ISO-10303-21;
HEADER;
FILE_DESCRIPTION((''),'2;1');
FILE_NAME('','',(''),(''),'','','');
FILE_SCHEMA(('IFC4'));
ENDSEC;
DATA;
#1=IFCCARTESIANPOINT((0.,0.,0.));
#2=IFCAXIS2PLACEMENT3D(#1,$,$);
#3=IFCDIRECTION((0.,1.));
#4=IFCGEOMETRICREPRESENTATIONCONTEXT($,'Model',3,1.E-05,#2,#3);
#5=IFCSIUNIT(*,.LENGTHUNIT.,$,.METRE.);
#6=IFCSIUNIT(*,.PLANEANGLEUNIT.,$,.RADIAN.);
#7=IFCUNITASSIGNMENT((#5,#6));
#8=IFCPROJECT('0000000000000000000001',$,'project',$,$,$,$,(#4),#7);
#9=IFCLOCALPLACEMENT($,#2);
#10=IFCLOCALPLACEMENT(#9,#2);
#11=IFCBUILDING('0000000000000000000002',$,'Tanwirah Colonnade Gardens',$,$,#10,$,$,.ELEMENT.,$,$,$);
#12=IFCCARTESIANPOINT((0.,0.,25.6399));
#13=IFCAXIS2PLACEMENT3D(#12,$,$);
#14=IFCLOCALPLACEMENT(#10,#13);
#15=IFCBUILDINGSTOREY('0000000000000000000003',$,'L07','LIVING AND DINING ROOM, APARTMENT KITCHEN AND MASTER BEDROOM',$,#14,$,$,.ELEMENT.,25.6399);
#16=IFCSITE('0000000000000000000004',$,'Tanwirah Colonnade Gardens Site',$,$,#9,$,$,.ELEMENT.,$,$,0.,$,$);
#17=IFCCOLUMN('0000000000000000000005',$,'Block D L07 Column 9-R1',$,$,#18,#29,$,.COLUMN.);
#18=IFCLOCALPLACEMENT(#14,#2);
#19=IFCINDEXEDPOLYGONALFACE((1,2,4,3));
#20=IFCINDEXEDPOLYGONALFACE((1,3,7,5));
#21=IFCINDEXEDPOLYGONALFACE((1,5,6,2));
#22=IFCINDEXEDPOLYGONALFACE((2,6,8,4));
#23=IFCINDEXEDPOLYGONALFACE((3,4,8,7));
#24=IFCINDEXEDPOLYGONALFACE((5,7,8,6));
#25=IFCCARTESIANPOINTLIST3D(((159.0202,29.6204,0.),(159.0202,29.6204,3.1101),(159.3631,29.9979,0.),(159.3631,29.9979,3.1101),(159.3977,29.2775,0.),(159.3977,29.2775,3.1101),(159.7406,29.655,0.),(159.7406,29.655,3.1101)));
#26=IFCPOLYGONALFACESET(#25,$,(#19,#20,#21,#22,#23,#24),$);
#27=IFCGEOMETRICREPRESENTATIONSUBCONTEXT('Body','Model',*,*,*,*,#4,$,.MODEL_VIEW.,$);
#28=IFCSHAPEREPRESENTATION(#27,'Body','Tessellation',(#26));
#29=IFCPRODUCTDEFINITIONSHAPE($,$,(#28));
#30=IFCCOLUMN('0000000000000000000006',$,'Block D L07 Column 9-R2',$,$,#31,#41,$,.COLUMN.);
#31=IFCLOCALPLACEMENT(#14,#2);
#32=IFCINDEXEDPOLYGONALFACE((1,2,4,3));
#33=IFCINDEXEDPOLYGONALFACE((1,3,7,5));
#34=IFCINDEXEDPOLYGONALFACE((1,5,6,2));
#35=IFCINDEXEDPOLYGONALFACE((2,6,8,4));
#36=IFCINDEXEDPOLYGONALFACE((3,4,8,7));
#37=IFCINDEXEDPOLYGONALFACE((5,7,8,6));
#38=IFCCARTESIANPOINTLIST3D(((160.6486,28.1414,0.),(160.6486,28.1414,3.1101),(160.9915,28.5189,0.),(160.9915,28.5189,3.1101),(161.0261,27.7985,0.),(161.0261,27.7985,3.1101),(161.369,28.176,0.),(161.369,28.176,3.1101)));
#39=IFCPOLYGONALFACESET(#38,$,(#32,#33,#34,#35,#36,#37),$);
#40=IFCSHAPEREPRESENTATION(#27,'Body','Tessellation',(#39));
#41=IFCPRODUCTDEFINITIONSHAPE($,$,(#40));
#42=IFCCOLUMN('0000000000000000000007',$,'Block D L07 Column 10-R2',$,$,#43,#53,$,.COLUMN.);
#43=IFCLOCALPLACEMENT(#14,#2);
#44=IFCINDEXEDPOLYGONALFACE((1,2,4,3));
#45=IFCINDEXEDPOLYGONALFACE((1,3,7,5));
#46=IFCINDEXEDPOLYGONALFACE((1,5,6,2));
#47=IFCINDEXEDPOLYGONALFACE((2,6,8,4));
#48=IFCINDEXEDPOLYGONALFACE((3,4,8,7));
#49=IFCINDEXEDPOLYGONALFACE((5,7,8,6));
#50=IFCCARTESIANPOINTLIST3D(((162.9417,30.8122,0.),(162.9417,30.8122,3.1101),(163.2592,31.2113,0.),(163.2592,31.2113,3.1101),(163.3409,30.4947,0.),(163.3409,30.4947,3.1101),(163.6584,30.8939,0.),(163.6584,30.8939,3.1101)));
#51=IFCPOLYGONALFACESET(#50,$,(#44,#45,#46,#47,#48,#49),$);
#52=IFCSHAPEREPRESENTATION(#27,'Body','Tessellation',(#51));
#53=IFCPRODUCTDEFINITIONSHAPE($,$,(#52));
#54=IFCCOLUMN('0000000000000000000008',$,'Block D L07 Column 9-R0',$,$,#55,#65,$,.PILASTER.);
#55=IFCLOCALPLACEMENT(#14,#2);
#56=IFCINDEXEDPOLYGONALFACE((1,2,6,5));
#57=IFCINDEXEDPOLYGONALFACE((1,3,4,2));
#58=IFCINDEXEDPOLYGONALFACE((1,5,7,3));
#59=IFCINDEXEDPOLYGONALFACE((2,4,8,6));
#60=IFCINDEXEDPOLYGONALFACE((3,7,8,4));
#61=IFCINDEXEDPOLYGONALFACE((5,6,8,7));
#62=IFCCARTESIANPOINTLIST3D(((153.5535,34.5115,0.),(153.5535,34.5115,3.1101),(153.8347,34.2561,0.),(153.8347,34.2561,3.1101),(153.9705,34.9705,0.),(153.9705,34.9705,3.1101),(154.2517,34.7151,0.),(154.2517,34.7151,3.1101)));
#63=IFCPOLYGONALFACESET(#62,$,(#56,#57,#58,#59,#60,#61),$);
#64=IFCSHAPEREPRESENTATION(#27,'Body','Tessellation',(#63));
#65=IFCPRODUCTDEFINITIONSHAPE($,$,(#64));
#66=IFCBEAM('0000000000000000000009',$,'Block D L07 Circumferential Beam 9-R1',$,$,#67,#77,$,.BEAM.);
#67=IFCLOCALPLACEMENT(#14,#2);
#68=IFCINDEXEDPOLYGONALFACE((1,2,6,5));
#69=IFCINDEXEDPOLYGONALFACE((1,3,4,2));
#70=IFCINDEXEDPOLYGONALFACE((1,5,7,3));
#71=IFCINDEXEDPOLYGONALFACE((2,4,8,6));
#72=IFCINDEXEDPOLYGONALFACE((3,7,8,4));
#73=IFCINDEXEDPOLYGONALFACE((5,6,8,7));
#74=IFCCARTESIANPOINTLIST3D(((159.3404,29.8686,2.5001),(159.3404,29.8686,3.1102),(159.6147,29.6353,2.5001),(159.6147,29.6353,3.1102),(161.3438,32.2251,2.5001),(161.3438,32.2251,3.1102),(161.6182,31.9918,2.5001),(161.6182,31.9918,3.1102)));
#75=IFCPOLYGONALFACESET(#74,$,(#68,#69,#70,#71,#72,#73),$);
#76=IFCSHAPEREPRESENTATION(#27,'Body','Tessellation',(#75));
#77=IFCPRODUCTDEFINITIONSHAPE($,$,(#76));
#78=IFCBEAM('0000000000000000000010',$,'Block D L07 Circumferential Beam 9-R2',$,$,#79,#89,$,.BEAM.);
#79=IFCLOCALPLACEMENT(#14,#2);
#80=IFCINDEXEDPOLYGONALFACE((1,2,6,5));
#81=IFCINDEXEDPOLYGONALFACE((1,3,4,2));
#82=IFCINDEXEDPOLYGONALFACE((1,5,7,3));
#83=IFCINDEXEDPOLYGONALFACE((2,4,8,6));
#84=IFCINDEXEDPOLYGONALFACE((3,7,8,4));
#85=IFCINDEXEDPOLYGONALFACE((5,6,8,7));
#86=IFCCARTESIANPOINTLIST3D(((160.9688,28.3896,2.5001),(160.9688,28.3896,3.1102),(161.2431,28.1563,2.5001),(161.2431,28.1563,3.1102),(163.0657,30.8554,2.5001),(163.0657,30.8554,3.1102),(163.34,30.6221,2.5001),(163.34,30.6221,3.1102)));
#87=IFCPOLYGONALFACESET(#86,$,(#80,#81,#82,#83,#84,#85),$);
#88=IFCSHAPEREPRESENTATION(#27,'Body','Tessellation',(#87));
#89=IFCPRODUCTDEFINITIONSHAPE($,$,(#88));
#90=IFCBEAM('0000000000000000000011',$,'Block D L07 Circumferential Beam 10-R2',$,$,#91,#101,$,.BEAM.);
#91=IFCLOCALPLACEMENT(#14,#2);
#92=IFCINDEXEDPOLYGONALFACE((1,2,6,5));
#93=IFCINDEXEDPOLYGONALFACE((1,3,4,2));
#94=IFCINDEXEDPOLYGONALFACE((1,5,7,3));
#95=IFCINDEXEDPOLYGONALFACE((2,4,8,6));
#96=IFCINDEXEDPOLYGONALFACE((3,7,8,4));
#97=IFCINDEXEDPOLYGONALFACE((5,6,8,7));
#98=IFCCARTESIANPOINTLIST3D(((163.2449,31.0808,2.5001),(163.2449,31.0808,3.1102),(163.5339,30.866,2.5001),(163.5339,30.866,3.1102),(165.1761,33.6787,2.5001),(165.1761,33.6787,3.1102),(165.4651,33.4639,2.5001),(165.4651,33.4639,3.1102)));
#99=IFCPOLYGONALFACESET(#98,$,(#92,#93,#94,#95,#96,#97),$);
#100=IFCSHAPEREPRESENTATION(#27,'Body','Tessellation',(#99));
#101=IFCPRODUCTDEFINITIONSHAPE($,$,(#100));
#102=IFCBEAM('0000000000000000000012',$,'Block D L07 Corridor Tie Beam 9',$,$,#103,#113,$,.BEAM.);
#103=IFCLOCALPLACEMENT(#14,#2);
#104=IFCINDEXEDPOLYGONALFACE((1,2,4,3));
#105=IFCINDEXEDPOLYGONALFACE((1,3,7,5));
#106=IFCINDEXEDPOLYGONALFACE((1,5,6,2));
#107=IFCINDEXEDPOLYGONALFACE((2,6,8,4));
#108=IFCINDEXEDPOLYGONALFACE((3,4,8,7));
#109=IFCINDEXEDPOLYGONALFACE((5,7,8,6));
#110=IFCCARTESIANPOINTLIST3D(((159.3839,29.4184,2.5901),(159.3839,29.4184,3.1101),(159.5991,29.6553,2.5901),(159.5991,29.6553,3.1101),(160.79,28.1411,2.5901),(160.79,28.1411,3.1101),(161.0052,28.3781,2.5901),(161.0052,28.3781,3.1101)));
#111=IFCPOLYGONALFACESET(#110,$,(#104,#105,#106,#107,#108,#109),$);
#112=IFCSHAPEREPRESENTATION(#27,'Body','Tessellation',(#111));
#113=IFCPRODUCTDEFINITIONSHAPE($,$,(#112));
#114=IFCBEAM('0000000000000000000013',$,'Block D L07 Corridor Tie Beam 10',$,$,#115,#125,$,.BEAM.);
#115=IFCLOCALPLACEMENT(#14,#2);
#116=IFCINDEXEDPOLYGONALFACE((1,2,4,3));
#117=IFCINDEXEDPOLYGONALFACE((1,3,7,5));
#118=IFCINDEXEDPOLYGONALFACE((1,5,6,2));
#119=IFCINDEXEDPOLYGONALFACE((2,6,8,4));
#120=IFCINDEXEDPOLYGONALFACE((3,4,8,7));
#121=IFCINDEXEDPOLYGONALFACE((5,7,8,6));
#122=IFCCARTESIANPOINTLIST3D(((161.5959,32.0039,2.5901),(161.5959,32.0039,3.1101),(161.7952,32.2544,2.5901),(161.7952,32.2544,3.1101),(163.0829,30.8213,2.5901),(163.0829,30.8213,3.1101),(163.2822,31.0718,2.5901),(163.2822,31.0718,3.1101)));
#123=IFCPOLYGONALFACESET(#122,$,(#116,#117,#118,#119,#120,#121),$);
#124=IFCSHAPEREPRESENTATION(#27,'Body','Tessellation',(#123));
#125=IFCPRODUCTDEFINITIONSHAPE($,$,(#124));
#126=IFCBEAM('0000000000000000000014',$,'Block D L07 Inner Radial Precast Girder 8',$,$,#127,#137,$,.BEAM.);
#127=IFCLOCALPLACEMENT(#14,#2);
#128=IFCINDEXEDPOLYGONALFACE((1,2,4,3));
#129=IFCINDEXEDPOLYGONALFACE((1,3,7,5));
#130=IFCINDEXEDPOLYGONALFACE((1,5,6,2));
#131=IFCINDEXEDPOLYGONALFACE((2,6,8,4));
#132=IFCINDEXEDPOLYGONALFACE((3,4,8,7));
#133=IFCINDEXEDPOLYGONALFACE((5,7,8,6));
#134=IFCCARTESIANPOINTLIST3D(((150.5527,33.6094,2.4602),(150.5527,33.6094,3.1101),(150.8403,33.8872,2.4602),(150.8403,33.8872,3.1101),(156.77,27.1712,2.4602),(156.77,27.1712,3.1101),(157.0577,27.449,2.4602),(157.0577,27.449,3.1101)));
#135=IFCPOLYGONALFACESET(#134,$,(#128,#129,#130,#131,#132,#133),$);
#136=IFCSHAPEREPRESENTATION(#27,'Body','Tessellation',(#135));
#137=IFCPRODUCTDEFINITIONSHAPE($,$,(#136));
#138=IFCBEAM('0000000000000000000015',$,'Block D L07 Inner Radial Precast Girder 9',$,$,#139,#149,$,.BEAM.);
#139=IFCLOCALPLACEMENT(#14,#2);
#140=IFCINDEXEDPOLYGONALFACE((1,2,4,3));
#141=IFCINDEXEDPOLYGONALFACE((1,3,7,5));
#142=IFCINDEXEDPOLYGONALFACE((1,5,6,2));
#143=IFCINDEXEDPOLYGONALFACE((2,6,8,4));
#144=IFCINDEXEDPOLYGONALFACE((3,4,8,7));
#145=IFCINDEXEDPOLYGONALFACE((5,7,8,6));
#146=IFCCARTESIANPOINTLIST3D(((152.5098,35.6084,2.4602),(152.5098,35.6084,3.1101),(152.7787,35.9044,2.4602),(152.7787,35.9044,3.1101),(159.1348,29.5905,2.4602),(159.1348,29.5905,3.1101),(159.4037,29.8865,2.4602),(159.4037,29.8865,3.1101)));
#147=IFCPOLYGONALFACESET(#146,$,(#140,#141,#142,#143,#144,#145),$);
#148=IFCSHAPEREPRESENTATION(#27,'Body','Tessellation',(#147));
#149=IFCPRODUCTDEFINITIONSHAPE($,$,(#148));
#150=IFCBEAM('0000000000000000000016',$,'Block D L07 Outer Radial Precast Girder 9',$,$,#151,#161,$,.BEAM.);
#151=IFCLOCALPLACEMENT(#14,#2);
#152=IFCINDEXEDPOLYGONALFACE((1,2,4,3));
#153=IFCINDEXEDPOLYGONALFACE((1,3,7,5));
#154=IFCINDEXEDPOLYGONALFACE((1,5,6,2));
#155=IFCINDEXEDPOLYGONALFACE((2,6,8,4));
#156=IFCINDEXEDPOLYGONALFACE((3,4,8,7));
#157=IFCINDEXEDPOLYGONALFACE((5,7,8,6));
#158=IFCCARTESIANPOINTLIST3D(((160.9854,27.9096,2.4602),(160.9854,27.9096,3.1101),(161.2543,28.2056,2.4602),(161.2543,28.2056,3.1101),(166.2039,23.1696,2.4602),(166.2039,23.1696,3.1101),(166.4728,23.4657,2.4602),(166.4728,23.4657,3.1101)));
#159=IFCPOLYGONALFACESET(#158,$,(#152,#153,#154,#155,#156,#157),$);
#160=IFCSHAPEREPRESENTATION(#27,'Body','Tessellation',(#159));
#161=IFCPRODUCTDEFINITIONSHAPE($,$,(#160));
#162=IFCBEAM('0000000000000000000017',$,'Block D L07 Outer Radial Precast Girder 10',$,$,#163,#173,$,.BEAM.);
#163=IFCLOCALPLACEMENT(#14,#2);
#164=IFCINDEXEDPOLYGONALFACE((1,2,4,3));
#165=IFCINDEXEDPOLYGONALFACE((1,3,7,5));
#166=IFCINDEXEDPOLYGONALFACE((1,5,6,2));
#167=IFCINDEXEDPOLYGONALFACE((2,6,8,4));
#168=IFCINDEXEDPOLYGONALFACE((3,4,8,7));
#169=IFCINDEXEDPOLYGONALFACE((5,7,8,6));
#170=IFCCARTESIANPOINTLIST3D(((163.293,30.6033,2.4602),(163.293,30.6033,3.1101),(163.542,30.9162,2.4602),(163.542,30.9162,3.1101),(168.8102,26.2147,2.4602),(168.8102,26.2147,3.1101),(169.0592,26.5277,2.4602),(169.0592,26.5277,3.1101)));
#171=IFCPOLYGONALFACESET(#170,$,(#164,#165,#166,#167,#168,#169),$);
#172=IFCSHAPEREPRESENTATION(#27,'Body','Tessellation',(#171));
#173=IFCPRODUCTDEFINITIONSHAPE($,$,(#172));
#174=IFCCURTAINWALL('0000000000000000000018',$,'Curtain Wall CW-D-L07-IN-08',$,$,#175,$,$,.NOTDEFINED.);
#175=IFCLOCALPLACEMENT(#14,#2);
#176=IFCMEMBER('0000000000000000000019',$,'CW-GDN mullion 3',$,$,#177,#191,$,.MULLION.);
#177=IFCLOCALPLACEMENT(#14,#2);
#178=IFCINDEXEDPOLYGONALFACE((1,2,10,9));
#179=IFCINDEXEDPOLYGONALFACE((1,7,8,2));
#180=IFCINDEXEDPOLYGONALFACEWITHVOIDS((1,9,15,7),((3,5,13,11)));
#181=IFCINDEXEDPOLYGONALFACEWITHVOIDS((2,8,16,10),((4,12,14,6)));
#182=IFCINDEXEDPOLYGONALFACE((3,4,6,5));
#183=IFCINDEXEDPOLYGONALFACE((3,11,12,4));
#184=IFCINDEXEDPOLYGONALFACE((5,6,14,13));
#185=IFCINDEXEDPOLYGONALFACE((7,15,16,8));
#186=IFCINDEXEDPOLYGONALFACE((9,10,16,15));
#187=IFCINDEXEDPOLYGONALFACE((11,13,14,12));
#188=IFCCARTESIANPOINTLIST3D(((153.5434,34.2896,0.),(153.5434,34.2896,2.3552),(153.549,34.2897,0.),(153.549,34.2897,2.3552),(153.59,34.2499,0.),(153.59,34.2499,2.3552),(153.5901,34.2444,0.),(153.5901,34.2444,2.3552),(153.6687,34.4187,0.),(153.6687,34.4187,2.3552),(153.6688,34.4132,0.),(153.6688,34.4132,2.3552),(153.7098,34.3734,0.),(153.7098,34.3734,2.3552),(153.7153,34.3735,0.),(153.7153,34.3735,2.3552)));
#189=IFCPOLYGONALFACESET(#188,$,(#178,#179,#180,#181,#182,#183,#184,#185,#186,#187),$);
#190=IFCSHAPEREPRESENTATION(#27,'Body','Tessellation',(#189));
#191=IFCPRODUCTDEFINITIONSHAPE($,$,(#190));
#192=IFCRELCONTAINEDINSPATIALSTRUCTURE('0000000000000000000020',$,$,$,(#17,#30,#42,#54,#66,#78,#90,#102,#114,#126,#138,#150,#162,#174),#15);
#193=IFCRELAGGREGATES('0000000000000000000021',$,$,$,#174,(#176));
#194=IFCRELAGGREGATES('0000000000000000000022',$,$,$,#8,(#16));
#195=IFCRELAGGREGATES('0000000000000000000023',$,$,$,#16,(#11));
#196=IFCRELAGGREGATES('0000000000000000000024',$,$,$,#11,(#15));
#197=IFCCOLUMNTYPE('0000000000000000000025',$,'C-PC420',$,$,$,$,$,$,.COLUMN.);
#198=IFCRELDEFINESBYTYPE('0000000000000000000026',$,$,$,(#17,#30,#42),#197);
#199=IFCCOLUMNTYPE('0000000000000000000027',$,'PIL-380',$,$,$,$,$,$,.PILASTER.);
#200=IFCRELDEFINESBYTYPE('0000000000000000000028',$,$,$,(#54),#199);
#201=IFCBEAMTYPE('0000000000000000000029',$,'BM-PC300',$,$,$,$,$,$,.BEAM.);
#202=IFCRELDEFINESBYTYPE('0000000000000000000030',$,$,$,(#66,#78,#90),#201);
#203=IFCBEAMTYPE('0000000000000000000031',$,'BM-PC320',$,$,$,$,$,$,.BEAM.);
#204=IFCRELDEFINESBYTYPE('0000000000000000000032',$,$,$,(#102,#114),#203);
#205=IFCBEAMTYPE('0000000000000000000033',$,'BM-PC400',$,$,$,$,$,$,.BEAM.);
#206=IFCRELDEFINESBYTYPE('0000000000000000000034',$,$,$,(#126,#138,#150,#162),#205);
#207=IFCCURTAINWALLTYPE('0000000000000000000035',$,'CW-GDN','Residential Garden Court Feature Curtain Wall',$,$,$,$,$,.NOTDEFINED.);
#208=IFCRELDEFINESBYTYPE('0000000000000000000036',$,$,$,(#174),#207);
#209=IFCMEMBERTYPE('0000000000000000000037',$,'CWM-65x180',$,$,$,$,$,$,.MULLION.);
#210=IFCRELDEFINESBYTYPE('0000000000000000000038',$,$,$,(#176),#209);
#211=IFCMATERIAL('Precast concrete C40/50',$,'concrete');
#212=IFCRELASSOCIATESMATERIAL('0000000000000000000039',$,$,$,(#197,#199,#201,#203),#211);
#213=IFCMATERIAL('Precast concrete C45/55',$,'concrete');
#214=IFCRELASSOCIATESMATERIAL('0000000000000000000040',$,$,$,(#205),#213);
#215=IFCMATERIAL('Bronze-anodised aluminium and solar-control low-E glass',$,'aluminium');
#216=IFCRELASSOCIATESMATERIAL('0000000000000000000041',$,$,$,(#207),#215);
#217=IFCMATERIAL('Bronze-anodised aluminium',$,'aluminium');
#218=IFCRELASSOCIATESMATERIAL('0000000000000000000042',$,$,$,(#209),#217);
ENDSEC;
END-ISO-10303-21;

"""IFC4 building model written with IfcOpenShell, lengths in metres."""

from ifc_helpers import new_model, si_unit, direction, frame, origin, origin_2d, place, context, subcontext, project, spatial, rectangle, hollow_rectangle, extrude, material, material_profile, profile_set, type_object, element, aggregate, save


model = new_model("IFC4")

# Units and contexts
model_context = context("Model", 3, precision=1e-05, world=origin(), true_north=direction((0.0, 1.0)))
body_context = subcontext(model_context, "Body", "Model", "MODEL_VIEW")
ifc_project = project(units=[si_unit("LENGTHUNIT", "METRE"), si_unit("PLANEANGLEUNIT", "RADIAN")], contexts=[model_context])

# Site, building, storey
site_placement = place(None, origin())
site = spatial("IfcSite", under=ifc_project, at=site_placement, Name="Tanwirah Colonnade Gardens Site", CompositionType="ELEMENT", RefElevation=0.0)
building_placement = place(site_placement, origin())
building = spatial("IfcBuilding", under=site, at=building_placement, Name="Tanwirah Colonnade Gardens", CompositionType="ELEMENT")
storey_placement = place(building_placement, frame((0.0, 0.0, 25.6399)))
storey = spatial("IfcBuildingStorey", under=building, at=storey_placement, Name="L07", Description="LIVING AND DINING ROOM, APARTMENT KITCHEN AND MASTER BEDROOM", CompositionType="ELEMENT", Elevation=25.6399)

# Columns
ifc_material_1 = material(Name="Precast concrete C40/50", Category="concrete")
ifc_material_profile_1 = material_profile(ifc_material_1, rectangle(XDim=0.51, YDim=0.51, at=origin_2d()), Name="PC-COL 510x510")
ifc_profile_set_1 = profile_set([ifc_material_profile_1], Name="Precast concrete C40/50")
column_type_1 = type_object("IfcColumnType", Name="C-PC420", PredefinedType="COLUMN", material=ifc_profile_set_1)
for number, where, z_axis, x_axis, name in (
    (1, (159.3804, 29.6377, 0.0), (0.0, 0.0, 1.0), (0.740218, -0.672367, 0.0), "Block D L07 Column 9-R1"),
    (2, (161.0088, 28.1587, 0.0), (0.0, 0.0, 1.0), (0.740218, -0.672367, 0.0), "Block D L07 Column 9-R2"),
    (3, (163.3, 30.853, 0.0), (0.0, 0.0, 1.0), (0.782608, -0.622515, 0.0), "Block D L07 Column 10-R2"),
):
    element("IfcColumn", number, at=place(storey_placement, frame(where, z_axis=z_axis, x_axis=x_axis)), inside=storey, type_object=column_type_1, Name=name, PredefinedType="COLUMN", context=body_context, shape_type="SweptSolid", body=[
        extrude(rectangle(XDim=0.51, YDim=0.51, at=origin_2d()), origin(), (0.0, 0.0, 1.0), 3.1101),
    ])
ifc_material_profile_2 = material_profile(ifc_material_1, rectangle(XDim=0.3799, YDim=0.6201, at=origin_2d()), Name="PC-PIL 380x620")
ifc_profile_set_2 = profile_set([ifc_material_profile_2], Name="Precast concrete C40/50")
column_type_2 = type_object("IfcColumnType", Name="PIL-380", PredefinedType="PILASTER", material=ifc_profile_set_2)
column_placement = place(storey_placement, frame((153.9026, 34.6133, 0.0), z_axis=(0.0, 0.0, 1.0), x_axis=(0.740218, -0.672367, 0.0)))
element("IfcColumn", 4, at=column_placement, inside=storey, type_object=column_type_2, Name="Block D L07 Column 9-R0", PredefinedType="PILASTER", context=body_context, shape_type="SweptSolid", body=[
    extrude(rectangle(XDim=0.3799, YDim=0.6201, at=origin_2d()), origin(), (0.0, 0.0, 1.0), 3.1101),
])

# Beams
ifc_material_profile_3 = material_profile(ifc_material_1, rectangle(XDim=0.3601, YDim=0.6101, at=origin_2d()), Name="PC-BM 360x610")
ifc_profile_set_3 = profile_set([ifc_material_profile_3], Name="Precast concrete C40/50")
beam_type_1 = type_object("IfcBeamType", Name="BM-PC300", PredefinedType="BEAM", material=ifc_profile_set_3)
beam_1_placement = place(storey_placement, frame((159.4775, 29.752, 2.8052), z_axis=(0.647731, 0.761869, 0.0), x_axis=(-0.761869, 0.647731, 0.0)))
element("IfcBeam", 5, at=beam_1_placement, inside=storey, type_object=beam_type_1, Name="Block D L07 Circumferential Beam 9-R1", PredefinedType="BEAM", context=body_context, shape_type="SweptSolid", body=[
    extrude(rectangle(XDim=0.3601, YDim=0.6101, at=origin_2d()), origin(), (0.0, 0.0, 1.0), 3.093),
])
beam_2_placement = place(storey_placement, frame((161.106, 28.2729, 2.8052), z_axis=(0.647824, 0.76179, 0.0), x_axis=(-0.76179, 0.647824, 0.0)))
element("IfcBeam", 6, at=beam_2_placement, inside=storey, type_object=beam_type_1, Name="Block D L07 Circumferential Beam 9-R2", PredefinedType="BEAM", context=body_context, shape_type="SweptSolid", body=[
    extrude(rectangle(XDim=0.3601, YDim=0.6101, at=origin_2d()), origin(), (0.0, 0.0, 1.0), 3.2368),
])
beam_3_placement = place(storey_placement, frame((163.3894, 30.9734, 2.8052), z_axis=(0.596579, 0.802554, 0.0), x_axis=(-0.802554, 0.596579, 0.0)))
element("IfcBeam", 7, at=beam_3_placement, inside=storey, type_object=beam_type_1, Name="Block D L07 Circumferential Beam 10-R2", PredefinedType="BEAM", context=body_context, shape_type="SweptSolid", body=[
    extrude(rectangle(XDim=0.3601, YDim=0.6101, at=origin_2d()), origin(), (0.0, 0.0, 1.0), 3.2371),
])
ifc_material_profile_4 = material_profile(ifc_material_1, rectangle(XDim=0.3201, YDim=0.52, at=origin_2d()), Name="PC-BM 320x520")
ifc_profile_set_4 = profile_set([ifc_material_profile_4], Name="Precast concrete C40/50")
beam_type_2 = type_object("IfcBeamType", Name="BM-PC320", PredefinedType="BEAM", material=ifc_profile_set_4)
beam_4_placement = place(storey_placement, frame((159.4915, 29.5369, 2.8501), z_axis=(0.740219, -0.672366, 0.0), x_axis=(0.672366, 0.740219, 0.0)))
element("IfcBeam", 8, at=beam_4_placement, inside=storey, type_object=beam_type_2, Name="Block D L07 Corridor Tie Beam 9", PredefinedType="BEAM", context=body_context, shape_type="SweptSolid", body=[
    extrude(rectangle(XDim=0.3201, YDim=0.52, at=origin_2d()), origin(), (0.0, 0.0, 1.0), 1.8997),
])
beam_5_placement = place(storey_placement, frame((161.6956, 32.1292, 2.8501), z_axis=(0.782671, -0.622436, 0.0), x_axis=(0.622436, 0.782671, 0.0)))
element("IfcBeam", 9, at=beam_5_placement, inside=storey, type_object=beam_type_2, Name="Block D L07 Corridor Tie Beam 10", PredefinedType="BEAM", context=body_context, shape_type="SweptSolid", body=[
    extrude(rectangle(XDim=0.3201, YDim=0.52, at=origin_2d()), origin(), (0.0, 0.0, 1.0), 1.8999),
])
ifc_material_2 = material(Name="Precast concrete C45/55", Category="concrete")
ifc_material_profile_5 = material_profile(ifc_material_2, rectangle(XDim=0.3999, YDim=0.6499, at=origin_2d()), Name="PC-BM 400x650")
ifc_profile_set_5 = profile_set([ifc_material_profile_5], Name="Precast concrete C45/55")
beam_type_3 = type_object("IfcBeamType", Name="BM-PC400", PredefinedType="BEAM", material=ifc_profile_set_5)
for number, where, z_axis, x_axis, name in (
    (10, (156.9138, 27.3101, 2.7852), (-0.694656, 0.719342, 0.0), (-0.719342, -0.694656, 0.0), "Block D L07 Inner Radial Precast Girder 8"),
    (11, (159.2693, 29.7385, 2.7852), (-0.740213, 0.672373, 0.0), (-0.672373, -0.740213, 0.0), "Block D L07 Inner Radial Precast Girder 9"),
):
    element("IfcBeam", number, at=place(storey_placement, frame(where, z_axis=z_axis, x_axis=x_axis)), inside=storey, type_object=beam_type_3, Name=name, PredefinedType="BEAM", context=body_context, shape_type="SweptSolid", body=[
        extrude(rectangle(XDim=0.3999, YDim=0.6499, at=origin_2d()), origin(), (0.0, 0.0, 1.0), 8.9502),
    ])
for number, where, z_axis, x_axis, name in (
    (12, (161.1199, 28.0576, 2.7852), (0.74023, -0.672354, 0.0), (0.672354, 0.74023, 0.0), "Block D L07 Outer Radial Precast Girder 9"),
    (13, (163.4175, 30.7598, 2.7852), (0.782609, -0.622513, 0.0), (0.622513, 0.782609, 0.0), "Block D L07 Outer Radial Precast Girder 10"),
):
    element("IfcBeam", number, at=place(storey_placement, frame(where, z_axis=z_axis, x_axis=x_axis)), inside=storey, type_object=beam_type_3, Name=name, PredefinedType="BEAM", context=body_context, shape_type="SweptSolid", body=[
        extrude(rectangle(XDim=0.3999, YDim=0.6499, at=origin_2d()), origin(), (0.0, 0.0, 1.0), 7.0498),
    ])

# Curtain wall, member
ifc_material_3 = material(Name="Bronze-anodised aluminium and solar-control low-E glass", Category="aluminium")
curtain_wall_type = type_object("IfcCurtainWallType", Name="CW-GDN", Description="Residential Garden Court Feature Curtain Wall", PredefinedType="NOTDEFINED", material=ifc_material_3)
curtain_wall_placement = place(storey_placement, origin())
curtain_wall = element("IfcCurtainWall", 14, at=curtain_wall_placement, inside=storey, type_object=curtain_wall_type, Name="Curtain Wall CW-D-L07-IN-08", PredefinedType="NOTDEFINED")
ifc_material_4 = material(Name="Bronze-anodised aluminium", Category="aluminium")
ifc_material_profile_6 = material_profile(ifc_material_4, hollow_rectangle(XDim=0.0649, YDim=0.1799, WallThickness=0.0039, at=origin_2d()), Name="CW-MUL 65x180x4")
ifc_profile_set_6 = profile_set([ifc_material_profile_6], Name="Bronze-anodised aluminium")
member_type = type_object("IfcMemberType", Name="CWM-65x180", PredefinedType="MULLION", material=ifc_profile_set_6)
member_placement = place(storey_placement, frame((153.6294, 34.3315, 0.0), z_axis=(0.0, 0.0, 1.0), x_axis=(-0.717825, 0.696223, 0.0)))
member = element("IfcMember", 15, at=member_placement, type_object=member_type, Name="CW-GDN mullion 3", PredefinedType="MULLION", context=body_context, shape_type="SweptSolid", body=[
    extrude(hollow_rectangle(XDim=0.0649, YDim=0.1799, WallThickness=0.0039, at=origin_2d()), origin(), (0.0, 0.0, 1.0), 2.3552),
])

aggregate(curtain_wall, [member])

save(model, "model.ifc")
